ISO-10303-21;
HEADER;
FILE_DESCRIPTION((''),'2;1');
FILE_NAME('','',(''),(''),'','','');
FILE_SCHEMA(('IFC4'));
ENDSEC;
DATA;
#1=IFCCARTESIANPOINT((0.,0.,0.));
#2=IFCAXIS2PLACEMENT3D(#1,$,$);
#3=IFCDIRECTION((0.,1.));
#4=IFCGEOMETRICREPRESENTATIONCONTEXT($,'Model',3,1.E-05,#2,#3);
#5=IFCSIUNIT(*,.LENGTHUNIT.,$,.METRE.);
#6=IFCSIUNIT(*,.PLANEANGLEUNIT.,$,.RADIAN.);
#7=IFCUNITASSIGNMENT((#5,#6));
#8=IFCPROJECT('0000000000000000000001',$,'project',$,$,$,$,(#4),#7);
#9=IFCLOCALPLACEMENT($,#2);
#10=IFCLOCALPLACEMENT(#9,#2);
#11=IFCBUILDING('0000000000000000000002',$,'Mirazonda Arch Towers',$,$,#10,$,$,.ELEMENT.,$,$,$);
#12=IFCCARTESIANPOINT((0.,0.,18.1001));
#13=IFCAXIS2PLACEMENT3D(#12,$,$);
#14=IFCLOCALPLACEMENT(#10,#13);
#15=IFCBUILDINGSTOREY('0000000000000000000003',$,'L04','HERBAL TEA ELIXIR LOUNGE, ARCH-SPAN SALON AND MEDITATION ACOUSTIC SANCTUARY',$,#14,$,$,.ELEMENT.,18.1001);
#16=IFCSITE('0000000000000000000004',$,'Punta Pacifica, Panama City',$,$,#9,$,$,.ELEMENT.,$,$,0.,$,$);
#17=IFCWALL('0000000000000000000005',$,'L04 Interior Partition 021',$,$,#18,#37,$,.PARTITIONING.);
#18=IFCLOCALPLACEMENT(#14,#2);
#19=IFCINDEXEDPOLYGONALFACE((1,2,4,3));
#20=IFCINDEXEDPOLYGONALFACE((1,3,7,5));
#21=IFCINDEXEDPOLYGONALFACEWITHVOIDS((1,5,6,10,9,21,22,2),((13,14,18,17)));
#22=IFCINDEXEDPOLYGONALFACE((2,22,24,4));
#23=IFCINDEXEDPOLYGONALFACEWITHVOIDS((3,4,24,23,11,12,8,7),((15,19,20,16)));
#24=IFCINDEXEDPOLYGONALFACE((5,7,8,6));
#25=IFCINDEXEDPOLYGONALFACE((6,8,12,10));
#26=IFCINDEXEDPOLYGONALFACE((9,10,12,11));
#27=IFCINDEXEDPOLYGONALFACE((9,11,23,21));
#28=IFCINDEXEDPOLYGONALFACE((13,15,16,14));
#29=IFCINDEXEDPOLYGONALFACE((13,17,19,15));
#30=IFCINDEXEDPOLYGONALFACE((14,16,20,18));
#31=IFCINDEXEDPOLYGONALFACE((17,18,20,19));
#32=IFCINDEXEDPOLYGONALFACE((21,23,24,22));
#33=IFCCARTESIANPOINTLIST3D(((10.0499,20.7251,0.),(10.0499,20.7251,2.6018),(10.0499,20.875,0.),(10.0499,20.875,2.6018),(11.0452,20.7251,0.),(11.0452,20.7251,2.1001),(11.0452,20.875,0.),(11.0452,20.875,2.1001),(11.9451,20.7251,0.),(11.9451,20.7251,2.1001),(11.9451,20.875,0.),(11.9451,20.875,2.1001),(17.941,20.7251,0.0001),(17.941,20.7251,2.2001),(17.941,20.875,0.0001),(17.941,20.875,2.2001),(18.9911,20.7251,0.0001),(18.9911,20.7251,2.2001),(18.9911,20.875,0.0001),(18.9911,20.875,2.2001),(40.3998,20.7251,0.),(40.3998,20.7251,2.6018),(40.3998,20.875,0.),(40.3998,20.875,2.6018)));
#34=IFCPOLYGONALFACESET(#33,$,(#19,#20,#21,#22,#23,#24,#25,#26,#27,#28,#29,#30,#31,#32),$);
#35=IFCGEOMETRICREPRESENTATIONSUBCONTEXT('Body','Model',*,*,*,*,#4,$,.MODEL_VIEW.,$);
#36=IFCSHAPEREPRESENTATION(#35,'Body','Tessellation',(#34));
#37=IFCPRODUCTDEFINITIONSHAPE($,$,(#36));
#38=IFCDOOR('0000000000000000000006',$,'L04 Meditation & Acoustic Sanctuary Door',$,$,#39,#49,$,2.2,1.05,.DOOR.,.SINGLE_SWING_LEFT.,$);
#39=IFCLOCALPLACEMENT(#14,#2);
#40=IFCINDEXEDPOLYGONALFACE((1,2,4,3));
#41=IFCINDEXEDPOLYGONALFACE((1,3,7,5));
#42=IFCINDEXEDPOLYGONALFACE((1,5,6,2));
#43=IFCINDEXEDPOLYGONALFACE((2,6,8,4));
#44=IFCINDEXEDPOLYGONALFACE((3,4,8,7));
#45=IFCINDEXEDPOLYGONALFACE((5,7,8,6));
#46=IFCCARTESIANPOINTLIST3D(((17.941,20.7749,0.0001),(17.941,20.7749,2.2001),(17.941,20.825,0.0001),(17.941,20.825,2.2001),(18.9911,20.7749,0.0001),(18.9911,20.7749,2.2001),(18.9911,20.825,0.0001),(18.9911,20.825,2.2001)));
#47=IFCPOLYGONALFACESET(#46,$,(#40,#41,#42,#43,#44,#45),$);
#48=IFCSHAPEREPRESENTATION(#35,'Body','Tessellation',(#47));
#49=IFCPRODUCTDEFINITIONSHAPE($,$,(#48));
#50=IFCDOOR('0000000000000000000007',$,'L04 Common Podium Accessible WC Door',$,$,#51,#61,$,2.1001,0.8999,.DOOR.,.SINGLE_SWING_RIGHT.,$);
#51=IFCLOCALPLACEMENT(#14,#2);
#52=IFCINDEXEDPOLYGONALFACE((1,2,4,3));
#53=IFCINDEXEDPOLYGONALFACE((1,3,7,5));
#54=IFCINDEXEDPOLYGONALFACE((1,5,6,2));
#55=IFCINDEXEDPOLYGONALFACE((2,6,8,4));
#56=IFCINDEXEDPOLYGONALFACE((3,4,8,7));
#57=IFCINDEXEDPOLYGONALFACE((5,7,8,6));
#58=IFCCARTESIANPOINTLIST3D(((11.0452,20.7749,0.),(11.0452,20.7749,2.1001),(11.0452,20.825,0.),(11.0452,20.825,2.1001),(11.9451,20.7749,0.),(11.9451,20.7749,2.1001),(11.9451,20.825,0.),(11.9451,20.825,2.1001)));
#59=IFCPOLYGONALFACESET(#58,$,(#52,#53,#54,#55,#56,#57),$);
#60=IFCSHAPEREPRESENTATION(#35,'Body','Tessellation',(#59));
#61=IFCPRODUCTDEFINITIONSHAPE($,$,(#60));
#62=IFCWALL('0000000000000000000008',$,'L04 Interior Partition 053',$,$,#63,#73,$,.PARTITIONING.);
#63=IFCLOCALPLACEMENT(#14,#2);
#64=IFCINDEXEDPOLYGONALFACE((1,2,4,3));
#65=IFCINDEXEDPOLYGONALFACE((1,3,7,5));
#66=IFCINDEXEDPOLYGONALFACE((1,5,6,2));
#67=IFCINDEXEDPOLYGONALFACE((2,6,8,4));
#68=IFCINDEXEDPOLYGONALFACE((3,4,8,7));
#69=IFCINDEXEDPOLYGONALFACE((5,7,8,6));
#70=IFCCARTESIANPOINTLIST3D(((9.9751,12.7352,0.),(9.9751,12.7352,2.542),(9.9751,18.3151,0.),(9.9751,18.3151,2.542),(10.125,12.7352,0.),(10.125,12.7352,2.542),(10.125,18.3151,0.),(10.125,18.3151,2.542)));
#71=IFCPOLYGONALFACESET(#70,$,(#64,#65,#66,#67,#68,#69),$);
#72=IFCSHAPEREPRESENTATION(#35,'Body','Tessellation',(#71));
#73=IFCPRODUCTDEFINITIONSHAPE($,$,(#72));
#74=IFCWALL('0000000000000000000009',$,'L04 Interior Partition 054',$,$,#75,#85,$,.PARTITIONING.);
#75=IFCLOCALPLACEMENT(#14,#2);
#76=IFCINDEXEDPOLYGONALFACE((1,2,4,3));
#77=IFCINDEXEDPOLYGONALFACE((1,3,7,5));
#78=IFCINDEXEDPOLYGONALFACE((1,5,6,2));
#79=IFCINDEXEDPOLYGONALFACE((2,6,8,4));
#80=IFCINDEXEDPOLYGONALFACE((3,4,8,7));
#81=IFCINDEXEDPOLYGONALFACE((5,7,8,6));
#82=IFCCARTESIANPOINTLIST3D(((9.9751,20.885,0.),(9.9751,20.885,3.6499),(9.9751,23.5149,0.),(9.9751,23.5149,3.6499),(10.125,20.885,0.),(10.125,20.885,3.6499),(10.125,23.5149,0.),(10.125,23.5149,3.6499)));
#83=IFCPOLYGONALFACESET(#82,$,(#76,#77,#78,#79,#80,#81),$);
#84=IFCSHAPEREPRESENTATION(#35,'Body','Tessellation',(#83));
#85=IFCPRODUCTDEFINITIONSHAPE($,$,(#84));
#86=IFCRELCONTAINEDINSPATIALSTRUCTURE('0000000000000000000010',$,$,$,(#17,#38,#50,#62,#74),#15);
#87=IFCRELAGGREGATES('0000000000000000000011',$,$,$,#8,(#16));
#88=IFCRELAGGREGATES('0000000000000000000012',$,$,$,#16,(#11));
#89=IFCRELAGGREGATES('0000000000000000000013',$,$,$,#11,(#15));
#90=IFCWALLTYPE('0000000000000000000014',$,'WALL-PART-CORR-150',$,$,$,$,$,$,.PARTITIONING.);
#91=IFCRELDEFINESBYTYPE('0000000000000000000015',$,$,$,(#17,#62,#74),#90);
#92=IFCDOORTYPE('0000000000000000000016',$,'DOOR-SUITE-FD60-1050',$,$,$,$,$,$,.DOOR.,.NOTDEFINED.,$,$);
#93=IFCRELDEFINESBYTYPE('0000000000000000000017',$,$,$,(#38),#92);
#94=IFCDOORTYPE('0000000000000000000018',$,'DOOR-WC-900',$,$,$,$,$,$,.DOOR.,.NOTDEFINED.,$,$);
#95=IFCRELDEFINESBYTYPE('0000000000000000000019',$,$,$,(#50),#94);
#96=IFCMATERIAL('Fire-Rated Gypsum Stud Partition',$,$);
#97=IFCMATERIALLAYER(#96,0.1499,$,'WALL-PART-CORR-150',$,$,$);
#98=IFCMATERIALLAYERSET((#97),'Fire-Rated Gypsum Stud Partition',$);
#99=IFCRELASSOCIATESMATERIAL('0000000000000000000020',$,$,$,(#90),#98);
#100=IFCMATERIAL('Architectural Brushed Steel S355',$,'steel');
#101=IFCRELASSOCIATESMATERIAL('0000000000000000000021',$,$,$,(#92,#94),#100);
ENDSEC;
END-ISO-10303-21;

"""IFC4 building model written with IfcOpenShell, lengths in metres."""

from ifc_helpers import new_model, si_unit, direction, frame, frame_2d, origin, place, context, subcontext, project, spatial, rectangle, extrude, material, layer, layer_set, type_object, element, fill, save


model = new_model("IFC4")

# Units and contexts
model_context = context("Model", 3, precision=1e-05, world=origin(), true_north=direction((0.0, 1.0)))
body_context = subcontext(model_context, "Body", "Model", "MODEL_VIEW")
ifc_project = project(units=[si_unit("LENGTHUNIT", "METRE"), si_unit("PLANEANGLEUNIT", "RADIAN")], contexts=[model_context])

# Site, building, storey
site_placement = place(None, origin())
site = spatial("IfcSite", under=ifc_project, at=site_placement, Name="Punta Pacifica, Panama City", CompositionType="ELEMENT", RefElevation=0.0)
building_placement = place(site_placement, origin())
building = spatial("IfcBuilding", under=site, at=building_placement, Name="Mirazonda Arch Towers", CompositionType="ELEMENT")
storey_placement = place(building_placement, frame((0.0, 0.0, 18.1001)))
storey = spatial("IfcBuildingStorey", under=building, at=storey_placement, Name="L04", Description="HERBAL TEA ELIXIR LOUNGE, ARCH-SPAN SALON AND MEDITATION ACOUSTIC SANCTUARY", CompositionType="ELEMENT", Elevation=18.1001)

# Shared definitions
ifc_material_1 = material(Name="Architectural Brushed Steel S355", Category="steel")

# Shared definitions
ifc_material_2 = material(Name="Fire-Rated Gypsum Stud Partition")
ifc_layer_1 = layer(ifc_material_2, 0.1499, Name="WALL-PART-CORR-150")
ifc_layer_set_1 = layer_set([ifc_layer_1], Name="Fire-Rated Gypsum Stud Partition")
wall_type_1 = type_object("IfcWallType", Name="WALL-PART-CORR-150", PredefinedType="PARTITIONING", material=ifc_layer_set_1)

# Wall, openings, doors
wall_1_placement = place(storey_placement, frame((10.05, 20.8, 0.0), z_axis=(0.0, 0.0, 1.0), x_axis=(1.0, 0.0, 0.0)))
wall_1 = element("IfcWall", 1, at=wall_1_placement, inside=storey, type_object=wall_type_1, Name="L04 Interior Partition 021", PredefinedType="PARTITIONING", context=body_context, shape_type="SweptSolid", body=[
    extrude(rectangle(XDim=30.3499, YDim=0.1499, at=frame_2d((15.1748, 0.0))), origin(), (0.0, 0.0, 1.0), 2.6018),
])
opening_1_placement = place(wall_1_placement, frame((0.9951, 0.0, 0.0)))
opening_1 = element("IfcOpeningElement", 2, at=opening_1_placement, cuts=wall_1, PredefinedType="OPENING", context=body_context, shape_type="SweptSolid", body=[
    extrude(rectangle(XDim=0.8999, YDim=2.1001, at=frame_2d((0.45, 1.05))), frame((0.0, 0.085, 0.0), z_axis=(0.0, -1.0, 0.0), x_axis=(1.0, 0.0, 0.0)), (0.0, 0.0, 1.0), 0.1699),
])
opening_2_placement = place(wall_1_placement, frame((7.8911, 0.0, 0.0)))
opening_2 = element("IfcOpeningElement", 3, at=opening_2_placement, cuts=wall_1, PredefinedType="OPENING", context=body_context, shape_type="SweptSolid", body=[
    extrude(rectangle(XDim=1.05, YDim=2.2, at=frame_2d((0.5249, 1.1001))), frame((0.0, 0.085, 0.0), z_axis=(0.0, -1.0, 0.0), x_axis=(1.0, 0.0, 0.0)), (0.0, 0.0, 1.0), 0.1699),
])
door_type_1 = type_object("IfcDoorType", Name="DOOR-SUITE-FD60-1050", OperationType="NOTDEFINED", PredefinedType="DOOR", material=ifc_material_1)
door_1_placement = place(opening_2_placement, origin())
door_1 = element("IfcDoor", 4, at=door_1_placement, inside=storey, type_object=door_type_1, Name="L04 Meditation & Acoustic Sanctuary Door", OperationType="SINGLE_SWING_LEFT", OverallHeight=2.2, OverallWidth=1.05, PredefinedType="DOOR", context=body_context, shape_type="SweptSolid", body=[
    extrude(rectangle(XDim=1.05, YDim=2.2, at=frame_2d((0.5249, 1.1001))), frame((0.0, 0.0249, 0.0), z_axis=(0.0, -1.0, 0.0), x_axis=(1.0, 0.0, 0.0)), (0.0, 0.0, 1.0), 0.05),
])
fill(opening_2, door_1)
door_type_2 = type_object("IfcDoorType", Name="DOOR-WC-900", OperationType="NOTDEFINED", PredefinedType="DOOR", material=ifc_material_1)
door_2_placement = place(opening_1_placement, origin())
door_2 = element("IfcDoor", 5, at=door_2_placement, inside=storey, type_object=door_type_2, Name="L04 Common Podium Accessible WC Door", OperationType="SINGLE_SWING_RIGHT", OverallHeight=2.1001, OverallWidth=0.8999, PredefinedType="DOOR", context=body_context, shape_type="SweptSolid", body=[
    extrude(rectangle(XDim=0.8999, YDim=2.1001, at=frame_2d((0.45, 1.05))), frame((0.0, 0.0249, 0.0), z_axis=(0.0, -1.0, 0.0), x_axis=(1.0, 0.0, 0.0)), (0.0, 0.0, 1.0), 0.05),
])
fill(opening_1, door_2)

# Walls
wall_2_placement = place(storey_placement, frame((10.05, 12.7351, 0.0), z_axis=(0.0, 0.0, 1.0), x_axis=(0.0, 1.0, 0.0)))
element("IfcWall", 6, at=wall_2_placement, inside=storey, type_object=wall_type_1, Name="L04 Interior Partition 053", PredefinedType="PARTITIONING", context=body_context, shape_type="SweptSolid", body=[
    extrude(rectangle(XDim=5.5798, YDim=0.1499, at=frame_2d((2.79, 0.0))), origin(), (0.0, 0.0, 1.0), 2.542),
])
wall_3_placement = place(storey_placement, frame((10.05, 20.885, 0.0), z_axis=(0.0, 0.0, 1.0), x_axis=(0.0, 1.0, 0.0)))
element("IfcWall", 7, at=wall_3_placement, inside=storey, type_object=wall_type_1, Name="L04 Interior Partition 054", PredefinedType="PARTITIONING", context=body_context, shape_type="SweptSolid", body=[
    extrude(rectangle(XDim=2.6299, YDim=0.1499, at=frame_2d((1.3149, 0.0))), origin(), (0.0, 0.0, 1.0), 3.6499),
])

save(model, "model.ifc")
